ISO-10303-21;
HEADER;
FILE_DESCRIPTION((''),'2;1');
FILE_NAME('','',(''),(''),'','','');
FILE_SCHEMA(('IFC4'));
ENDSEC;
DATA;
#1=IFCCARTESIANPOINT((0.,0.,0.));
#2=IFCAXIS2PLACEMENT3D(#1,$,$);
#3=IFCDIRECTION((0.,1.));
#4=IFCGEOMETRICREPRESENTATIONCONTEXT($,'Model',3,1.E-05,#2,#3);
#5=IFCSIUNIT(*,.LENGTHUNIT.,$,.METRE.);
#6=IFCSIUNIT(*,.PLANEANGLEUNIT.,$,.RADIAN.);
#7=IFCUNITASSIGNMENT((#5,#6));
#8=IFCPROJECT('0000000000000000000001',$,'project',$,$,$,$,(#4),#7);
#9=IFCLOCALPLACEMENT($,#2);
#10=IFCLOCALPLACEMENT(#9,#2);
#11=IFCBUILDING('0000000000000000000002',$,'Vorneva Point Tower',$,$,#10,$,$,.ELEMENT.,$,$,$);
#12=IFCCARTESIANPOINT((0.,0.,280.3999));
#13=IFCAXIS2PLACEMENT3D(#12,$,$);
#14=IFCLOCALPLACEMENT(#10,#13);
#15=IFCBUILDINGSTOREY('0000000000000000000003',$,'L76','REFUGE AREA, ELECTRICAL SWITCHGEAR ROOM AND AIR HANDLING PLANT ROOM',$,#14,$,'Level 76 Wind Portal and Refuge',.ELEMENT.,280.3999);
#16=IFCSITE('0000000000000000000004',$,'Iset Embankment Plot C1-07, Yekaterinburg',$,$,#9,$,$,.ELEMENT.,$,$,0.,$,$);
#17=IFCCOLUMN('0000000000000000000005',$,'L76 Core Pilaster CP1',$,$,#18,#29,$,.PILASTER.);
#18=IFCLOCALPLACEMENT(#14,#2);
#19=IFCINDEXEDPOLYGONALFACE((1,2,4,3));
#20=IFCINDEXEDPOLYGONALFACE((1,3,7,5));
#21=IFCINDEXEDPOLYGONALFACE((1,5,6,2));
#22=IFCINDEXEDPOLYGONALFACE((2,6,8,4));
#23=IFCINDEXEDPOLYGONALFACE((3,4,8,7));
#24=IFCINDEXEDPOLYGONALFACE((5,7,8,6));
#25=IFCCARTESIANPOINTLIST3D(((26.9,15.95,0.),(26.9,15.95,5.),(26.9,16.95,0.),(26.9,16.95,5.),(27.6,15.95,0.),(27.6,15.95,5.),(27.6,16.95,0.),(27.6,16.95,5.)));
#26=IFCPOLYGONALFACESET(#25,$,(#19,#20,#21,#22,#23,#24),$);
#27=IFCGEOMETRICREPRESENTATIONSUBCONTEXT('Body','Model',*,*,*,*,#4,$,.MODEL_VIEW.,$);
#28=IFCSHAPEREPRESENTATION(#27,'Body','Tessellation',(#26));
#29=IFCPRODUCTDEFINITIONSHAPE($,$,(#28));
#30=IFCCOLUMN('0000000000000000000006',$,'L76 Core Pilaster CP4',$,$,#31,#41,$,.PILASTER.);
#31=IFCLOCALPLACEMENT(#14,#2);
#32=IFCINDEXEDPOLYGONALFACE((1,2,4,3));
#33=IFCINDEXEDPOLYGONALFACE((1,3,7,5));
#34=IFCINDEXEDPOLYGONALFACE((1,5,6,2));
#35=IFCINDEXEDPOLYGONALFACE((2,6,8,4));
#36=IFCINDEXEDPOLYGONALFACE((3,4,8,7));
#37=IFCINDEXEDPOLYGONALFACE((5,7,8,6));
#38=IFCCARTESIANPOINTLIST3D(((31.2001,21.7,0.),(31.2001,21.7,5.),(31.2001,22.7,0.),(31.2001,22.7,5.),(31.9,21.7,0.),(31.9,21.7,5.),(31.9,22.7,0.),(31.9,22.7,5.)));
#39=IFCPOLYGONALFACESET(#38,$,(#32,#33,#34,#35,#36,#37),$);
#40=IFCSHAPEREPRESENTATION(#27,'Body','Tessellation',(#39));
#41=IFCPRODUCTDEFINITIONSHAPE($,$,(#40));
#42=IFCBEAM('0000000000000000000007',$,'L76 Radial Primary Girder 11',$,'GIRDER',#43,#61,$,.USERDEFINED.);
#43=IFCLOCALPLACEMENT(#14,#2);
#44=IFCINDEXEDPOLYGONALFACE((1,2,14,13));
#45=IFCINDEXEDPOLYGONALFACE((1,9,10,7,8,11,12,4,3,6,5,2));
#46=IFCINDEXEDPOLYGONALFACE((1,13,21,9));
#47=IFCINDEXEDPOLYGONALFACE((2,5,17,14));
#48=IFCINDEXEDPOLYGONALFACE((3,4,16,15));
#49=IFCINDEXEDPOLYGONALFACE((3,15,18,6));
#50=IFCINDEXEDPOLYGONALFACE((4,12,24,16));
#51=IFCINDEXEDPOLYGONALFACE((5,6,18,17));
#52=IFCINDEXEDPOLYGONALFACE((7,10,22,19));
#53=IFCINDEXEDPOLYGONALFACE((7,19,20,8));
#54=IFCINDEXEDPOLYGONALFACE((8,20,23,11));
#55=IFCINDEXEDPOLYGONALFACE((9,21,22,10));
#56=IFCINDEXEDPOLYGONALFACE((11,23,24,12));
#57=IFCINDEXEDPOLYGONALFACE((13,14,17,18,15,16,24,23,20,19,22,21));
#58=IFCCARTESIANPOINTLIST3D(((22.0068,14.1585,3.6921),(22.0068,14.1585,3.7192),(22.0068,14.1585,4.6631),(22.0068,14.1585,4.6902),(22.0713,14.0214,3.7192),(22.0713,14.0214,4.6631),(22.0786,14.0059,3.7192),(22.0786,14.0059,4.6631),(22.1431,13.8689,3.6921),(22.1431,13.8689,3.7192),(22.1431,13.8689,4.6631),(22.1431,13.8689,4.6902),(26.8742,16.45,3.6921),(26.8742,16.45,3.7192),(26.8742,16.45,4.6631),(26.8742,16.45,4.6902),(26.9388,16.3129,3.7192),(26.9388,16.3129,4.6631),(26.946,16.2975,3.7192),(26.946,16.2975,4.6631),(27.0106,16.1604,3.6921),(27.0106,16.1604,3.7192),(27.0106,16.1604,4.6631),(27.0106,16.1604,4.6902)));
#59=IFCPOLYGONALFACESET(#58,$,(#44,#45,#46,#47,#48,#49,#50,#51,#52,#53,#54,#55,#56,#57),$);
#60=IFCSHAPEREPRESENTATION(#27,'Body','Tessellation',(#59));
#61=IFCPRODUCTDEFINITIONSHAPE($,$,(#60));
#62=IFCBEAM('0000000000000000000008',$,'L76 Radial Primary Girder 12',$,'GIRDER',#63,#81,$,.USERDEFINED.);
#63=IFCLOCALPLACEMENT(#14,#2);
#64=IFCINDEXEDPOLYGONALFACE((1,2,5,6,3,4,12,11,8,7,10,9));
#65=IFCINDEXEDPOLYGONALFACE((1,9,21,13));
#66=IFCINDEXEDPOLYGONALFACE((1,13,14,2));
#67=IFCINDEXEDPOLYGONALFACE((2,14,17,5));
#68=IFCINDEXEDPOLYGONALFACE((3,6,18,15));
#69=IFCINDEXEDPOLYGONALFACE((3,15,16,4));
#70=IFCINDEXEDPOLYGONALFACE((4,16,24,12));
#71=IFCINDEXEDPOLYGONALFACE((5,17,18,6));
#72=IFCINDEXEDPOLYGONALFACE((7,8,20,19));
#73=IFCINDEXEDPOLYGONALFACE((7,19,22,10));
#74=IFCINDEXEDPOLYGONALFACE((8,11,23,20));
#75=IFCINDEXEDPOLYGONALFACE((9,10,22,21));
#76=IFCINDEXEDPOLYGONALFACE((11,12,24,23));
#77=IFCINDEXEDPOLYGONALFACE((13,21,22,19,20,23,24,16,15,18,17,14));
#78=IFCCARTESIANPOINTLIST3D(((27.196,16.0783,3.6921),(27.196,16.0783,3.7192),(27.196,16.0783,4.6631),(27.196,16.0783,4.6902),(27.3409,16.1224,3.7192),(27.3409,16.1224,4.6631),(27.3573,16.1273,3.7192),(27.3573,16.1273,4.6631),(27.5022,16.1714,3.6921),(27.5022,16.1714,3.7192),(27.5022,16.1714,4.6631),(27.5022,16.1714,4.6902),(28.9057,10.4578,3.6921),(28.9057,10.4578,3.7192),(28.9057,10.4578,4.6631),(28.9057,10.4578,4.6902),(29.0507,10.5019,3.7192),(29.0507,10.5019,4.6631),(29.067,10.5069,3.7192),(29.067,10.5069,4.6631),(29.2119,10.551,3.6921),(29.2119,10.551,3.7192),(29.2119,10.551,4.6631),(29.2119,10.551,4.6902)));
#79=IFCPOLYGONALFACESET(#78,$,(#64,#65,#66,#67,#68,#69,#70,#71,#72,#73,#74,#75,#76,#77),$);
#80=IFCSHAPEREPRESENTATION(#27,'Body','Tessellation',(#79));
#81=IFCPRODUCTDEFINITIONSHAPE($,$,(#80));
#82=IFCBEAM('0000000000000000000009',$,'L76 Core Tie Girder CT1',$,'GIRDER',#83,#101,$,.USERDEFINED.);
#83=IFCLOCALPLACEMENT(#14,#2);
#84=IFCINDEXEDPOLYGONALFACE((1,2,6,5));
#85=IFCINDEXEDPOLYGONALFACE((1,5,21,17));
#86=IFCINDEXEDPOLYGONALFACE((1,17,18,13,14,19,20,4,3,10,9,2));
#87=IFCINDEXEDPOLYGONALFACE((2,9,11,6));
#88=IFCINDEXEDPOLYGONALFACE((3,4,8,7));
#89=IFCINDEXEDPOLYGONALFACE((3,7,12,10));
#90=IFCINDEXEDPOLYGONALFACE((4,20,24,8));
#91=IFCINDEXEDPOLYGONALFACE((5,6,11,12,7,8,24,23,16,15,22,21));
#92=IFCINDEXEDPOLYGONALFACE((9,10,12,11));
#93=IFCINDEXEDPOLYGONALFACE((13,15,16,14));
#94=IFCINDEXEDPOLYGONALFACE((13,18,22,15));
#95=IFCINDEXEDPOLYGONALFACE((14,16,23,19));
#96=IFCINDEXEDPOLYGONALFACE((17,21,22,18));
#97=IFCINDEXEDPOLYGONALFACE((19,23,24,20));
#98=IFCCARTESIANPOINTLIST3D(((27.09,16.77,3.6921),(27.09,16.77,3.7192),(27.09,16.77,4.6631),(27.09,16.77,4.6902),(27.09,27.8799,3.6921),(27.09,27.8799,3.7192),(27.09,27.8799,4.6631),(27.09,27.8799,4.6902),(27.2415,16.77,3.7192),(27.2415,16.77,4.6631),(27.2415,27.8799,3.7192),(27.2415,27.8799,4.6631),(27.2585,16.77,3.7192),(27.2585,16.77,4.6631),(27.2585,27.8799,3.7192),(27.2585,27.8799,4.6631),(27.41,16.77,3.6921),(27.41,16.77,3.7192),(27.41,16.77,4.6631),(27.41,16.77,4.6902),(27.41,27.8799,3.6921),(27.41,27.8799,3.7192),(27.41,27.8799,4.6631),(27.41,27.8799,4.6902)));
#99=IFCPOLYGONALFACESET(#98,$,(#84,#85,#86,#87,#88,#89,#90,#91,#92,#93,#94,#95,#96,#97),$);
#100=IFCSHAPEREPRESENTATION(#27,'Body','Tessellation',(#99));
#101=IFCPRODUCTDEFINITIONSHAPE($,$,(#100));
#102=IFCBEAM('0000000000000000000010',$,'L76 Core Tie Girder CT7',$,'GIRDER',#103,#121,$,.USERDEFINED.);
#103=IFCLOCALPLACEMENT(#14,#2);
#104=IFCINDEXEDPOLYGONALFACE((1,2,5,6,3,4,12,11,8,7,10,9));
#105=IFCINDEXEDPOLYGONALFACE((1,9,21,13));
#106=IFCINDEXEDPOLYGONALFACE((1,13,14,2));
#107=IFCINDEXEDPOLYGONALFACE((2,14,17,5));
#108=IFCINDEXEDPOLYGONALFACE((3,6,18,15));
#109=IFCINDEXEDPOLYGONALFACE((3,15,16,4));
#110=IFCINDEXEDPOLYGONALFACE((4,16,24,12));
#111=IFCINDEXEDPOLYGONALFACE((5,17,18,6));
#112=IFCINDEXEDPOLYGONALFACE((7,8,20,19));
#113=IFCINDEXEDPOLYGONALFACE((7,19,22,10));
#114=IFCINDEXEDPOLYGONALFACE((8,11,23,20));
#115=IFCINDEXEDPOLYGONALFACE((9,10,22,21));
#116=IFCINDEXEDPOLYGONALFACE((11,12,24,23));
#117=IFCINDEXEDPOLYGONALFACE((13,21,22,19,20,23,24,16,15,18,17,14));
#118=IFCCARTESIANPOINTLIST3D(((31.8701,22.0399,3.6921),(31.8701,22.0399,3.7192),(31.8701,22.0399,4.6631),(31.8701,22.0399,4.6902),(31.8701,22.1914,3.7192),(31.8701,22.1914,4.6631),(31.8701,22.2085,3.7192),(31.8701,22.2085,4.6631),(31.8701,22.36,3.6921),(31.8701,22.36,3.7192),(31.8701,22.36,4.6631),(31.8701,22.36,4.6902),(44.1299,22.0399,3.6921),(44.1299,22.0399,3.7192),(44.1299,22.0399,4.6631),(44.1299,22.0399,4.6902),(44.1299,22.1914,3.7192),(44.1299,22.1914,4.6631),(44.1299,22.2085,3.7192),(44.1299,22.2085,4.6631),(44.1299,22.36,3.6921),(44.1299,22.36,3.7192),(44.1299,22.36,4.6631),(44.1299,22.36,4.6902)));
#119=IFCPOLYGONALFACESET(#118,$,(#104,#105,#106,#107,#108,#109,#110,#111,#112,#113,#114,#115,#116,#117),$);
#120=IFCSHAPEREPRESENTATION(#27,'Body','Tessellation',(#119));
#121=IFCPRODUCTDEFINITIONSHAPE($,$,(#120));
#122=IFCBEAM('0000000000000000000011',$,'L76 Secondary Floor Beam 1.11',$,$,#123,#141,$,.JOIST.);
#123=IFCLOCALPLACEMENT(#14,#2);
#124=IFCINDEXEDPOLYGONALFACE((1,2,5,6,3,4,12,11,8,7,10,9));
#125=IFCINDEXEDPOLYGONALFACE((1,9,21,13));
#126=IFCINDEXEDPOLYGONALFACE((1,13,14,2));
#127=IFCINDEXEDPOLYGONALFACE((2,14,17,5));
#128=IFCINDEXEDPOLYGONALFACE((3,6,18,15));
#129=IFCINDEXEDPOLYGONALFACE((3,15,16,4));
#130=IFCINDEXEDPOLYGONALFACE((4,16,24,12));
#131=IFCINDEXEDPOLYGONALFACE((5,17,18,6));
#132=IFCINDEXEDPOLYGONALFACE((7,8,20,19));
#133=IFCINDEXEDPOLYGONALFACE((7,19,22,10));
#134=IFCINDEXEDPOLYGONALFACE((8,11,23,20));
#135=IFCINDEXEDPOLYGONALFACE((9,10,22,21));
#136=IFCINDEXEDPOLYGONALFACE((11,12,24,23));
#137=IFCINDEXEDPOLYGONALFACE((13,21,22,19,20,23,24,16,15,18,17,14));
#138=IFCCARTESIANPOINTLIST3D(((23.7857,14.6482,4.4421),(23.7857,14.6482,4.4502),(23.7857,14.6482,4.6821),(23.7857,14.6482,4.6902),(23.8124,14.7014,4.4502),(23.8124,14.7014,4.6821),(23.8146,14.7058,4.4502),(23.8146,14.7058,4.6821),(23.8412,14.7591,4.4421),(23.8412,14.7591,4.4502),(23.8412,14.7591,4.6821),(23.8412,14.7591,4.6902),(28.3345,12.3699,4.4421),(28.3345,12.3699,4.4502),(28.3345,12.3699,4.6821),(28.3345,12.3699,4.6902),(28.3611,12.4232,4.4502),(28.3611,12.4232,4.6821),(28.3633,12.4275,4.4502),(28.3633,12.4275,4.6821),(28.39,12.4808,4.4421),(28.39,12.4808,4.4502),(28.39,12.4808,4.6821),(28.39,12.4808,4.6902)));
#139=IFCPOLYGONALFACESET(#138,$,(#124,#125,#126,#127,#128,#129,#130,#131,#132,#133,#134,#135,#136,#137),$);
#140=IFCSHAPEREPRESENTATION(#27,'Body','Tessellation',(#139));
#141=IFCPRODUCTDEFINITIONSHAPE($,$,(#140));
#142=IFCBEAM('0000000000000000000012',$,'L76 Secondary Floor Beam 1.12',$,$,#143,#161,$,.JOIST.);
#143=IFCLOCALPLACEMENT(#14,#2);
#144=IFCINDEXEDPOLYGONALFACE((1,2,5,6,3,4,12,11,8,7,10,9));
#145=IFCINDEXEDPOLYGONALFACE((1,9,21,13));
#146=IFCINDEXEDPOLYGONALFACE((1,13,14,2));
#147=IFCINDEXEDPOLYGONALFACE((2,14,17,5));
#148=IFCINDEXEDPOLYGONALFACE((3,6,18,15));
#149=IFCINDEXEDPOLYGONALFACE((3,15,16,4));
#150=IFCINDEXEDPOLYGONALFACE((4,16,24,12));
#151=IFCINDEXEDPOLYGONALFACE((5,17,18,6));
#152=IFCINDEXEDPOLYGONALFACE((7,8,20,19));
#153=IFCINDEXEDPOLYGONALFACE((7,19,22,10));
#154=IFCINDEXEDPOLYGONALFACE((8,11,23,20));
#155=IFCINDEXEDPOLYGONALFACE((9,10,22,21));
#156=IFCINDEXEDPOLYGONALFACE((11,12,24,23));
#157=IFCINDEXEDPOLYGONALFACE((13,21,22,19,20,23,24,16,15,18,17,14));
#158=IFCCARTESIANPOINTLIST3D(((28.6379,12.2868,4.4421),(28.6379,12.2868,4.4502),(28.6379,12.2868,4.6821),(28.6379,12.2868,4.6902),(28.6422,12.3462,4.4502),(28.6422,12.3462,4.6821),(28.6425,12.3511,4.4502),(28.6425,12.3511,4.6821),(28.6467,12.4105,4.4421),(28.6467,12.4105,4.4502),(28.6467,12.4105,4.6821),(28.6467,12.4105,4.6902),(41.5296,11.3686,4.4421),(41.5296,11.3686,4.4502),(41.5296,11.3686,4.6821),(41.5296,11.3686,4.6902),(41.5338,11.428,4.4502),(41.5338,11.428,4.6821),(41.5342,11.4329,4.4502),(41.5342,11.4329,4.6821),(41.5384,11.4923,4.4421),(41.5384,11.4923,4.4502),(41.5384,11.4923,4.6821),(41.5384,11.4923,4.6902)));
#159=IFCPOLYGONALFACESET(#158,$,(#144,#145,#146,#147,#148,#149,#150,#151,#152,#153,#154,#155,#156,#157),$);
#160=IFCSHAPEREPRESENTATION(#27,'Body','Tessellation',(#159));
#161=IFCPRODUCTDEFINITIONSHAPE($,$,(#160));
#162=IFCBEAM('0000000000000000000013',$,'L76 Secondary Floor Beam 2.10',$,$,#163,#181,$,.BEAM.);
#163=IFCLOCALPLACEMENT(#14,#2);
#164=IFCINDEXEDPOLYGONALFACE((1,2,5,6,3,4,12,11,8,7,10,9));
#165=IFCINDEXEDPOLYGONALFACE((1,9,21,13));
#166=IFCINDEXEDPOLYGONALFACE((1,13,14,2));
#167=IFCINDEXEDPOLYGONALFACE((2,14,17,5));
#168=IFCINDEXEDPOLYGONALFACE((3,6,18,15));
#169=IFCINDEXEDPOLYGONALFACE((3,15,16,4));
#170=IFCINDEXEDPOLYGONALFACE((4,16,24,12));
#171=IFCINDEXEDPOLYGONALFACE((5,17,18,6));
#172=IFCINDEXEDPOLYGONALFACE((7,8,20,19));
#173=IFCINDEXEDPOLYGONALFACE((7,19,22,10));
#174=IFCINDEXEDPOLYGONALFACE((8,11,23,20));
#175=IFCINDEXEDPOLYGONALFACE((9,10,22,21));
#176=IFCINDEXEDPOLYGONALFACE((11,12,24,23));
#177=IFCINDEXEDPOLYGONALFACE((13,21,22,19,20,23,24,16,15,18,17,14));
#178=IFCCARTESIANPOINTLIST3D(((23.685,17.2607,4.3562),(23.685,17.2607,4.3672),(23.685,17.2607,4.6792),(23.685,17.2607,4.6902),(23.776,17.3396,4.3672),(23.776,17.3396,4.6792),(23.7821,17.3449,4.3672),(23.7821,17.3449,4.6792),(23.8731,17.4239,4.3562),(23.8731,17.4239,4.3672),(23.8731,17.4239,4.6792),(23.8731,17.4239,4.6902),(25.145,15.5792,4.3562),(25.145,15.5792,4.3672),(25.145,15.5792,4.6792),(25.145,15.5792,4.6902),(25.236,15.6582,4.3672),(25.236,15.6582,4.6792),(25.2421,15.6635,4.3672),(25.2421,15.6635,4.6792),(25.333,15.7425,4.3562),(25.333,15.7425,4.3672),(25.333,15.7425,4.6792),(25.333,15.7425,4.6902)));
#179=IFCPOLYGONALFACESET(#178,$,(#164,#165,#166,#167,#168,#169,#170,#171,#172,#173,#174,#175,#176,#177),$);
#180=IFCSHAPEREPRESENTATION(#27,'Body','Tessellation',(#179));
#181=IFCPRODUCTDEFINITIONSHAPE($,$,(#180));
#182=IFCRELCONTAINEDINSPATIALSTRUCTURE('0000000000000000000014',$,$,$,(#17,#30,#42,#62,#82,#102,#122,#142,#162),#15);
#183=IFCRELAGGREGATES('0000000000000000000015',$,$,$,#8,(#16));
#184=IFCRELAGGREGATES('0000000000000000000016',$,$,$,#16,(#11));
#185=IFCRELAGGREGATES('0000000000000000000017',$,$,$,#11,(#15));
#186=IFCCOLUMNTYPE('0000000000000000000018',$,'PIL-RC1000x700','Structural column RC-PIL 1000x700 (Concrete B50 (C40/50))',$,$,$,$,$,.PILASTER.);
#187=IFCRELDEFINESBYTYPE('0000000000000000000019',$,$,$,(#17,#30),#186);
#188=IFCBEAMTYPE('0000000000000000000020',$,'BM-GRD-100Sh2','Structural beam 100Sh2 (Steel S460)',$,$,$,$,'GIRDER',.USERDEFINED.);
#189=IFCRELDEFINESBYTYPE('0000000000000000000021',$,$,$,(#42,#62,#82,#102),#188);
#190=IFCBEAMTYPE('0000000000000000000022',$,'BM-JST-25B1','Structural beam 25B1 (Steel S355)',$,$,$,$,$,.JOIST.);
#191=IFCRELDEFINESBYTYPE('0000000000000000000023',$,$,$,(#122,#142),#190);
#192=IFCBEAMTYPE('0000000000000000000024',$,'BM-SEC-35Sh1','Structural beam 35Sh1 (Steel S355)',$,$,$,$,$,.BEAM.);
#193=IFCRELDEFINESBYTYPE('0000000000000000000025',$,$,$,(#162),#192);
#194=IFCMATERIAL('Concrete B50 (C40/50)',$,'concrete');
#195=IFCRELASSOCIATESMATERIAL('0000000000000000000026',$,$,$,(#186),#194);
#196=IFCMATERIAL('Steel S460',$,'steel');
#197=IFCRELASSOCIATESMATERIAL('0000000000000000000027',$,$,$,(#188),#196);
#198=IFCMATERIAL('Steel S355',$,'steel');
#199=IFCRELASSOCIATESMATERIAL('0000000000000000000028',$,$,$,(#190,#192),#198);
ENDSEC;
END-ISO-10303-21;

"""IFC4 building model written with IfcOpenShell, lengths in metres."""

from ifc_helpers import new_model, si_unit, direction, frame, origin, origin_2d, place, context, subcontext, project, spatial, rectangle, i_section, extrude, material, material_profile, profile_set, type_object, element, save


model = new_model("IFC4")

# Units and contexts
model_context = context("Model", 3, precision=1e-05, world=origin(), true_north=direction((0.0, 1.0)))
body_context = subcontext(model_context, "Body", "Model", "MODEL_VIEW")
ifc_project = project(units=[si_unit("LENGTHUNIT", "METRE"), si_unit("PLANEANGLEUNIT", "RADIAN")], contexts=[model_context])

# Site, building, storey
site_placement = place(None, origin())
site = spatial("IfcSite", under=ifc_project, at=site_placement, Name="Iset Embankment Plot C1-07, Yekaterinburg", CompositionType="ELEMENT", RefElevation=0.0)
building_placement = place(site_placement, origin())
building = spatial("IfcBuilding", under=site, at=building_placement, Name="Vorneva Point Tower", CompositionType="ELEMENT")
storey_placement = place(building_placement, frame((0.0, 0.0, 280.3999)))
storey = spatial("IfcBuildingStorey", under=building, at=storey_placement, Name="L76", Description="REFUGE AREA, ELECTRICAL SWITCHGEAR ROOM AND AIR HANDLING PLANT ROOM", LongName="Level 76 Wind Portal and Refuge", CompositionType="ELEMENT", Elevation=280.3999)

# Columns
ifc_material_1 = material(Name="Concrete B50 (C40/50)", Category="concrete")
ifc_material_profile_1 = material_profile(ifc_material_1, rectangle(XDim=0.7, YDim=1.0, at=origin_2d()), Name="RC-PIL 1000x700")
ifc_profile_set_1 = profile_set([ifc_material_profile_1], Name="Concrete B50 (C40/50)")
column_type_1 = type_object("IfcColumnType", Name="PIL-RC1000x700", Description="Structural column RC-PIL 1000x700 (Concrete B50 (C40/50))", PredefinedType="PILASTER", material=ifc_profile_set_1)
for number, where, z_axis, x_axis, name in (
    (1, (27.25, 16.45, 0.0), (0.0, 0.0, 1.0), (1.0, 0.0, 0.0), "L76 Core Pilaster CP1"),
    (2, (31.55, 22.2, 0.0), (0.0, 0.0, 1.0), (1.0, 0.0, 0.0), "L76 Core Pilaster CP4"),
):
    element("IfcColumn", number, at=place(storey_placement, frame(where, z_axis=z_axis, x_axis=x_axis)), inside=storey, type_object=column_type_1, Name=name, PredefinedType="PILASTER", context=body_context, shape_type="SweptSolid", body=[
        extrude(rectangle(XDim=0.7, YDim=1.0, at=origin_2d()), origin(), (0.0, 0.0, 1.0), 5.0),
    ])

# Beams
ifc_material_2 = material(Name="Steel S460", Category="steel")
ifc_material_profile_2 = material_profile(ifc_material_2, i_section(OverallWidth=0.3201, OverallDepth=0.998, WebThickness=0.0171, FlangeThickness=0.0271, at=origin_2d()), Name="100Sh2")
ifc_profile_set_2 = profile_set([ifc_material_profile_2], Name="Steel S460")
beam_type_1 = type_object("IfcBeamType", Name="BM-GRD-100Sh2", Description="Structural beam 100Sh2 (Steel S460)", ElementType="GIRDER", PredefinedType="USERDEFINED", material=ifc_profile_set_2)
beam_1_placement = place(storey_placement, frame((22.075, 14.0137, 4.1912), z_axis=(0.904751, 0.425941, 0.0), x_axis=(-0.425941, 0.904751, 0.0)))
element("IfcBeam", 3, at=beam_1_placement, inside=storey, type_object=beam_type_1, Name="L76 Radial Primary Girder 11", ObjectType="GIRDER", PredefinedType="USERDEFINED", context=body_context, shape_type="SweptSolid", body=[
    extrude(i_section(OverallWidth=0.3201, OverallDepth=0.998, WebThickness=0.0171, FlangeThickness=0.0271, at=origin_2d()), origin(), (0.0, 0.0, 1.0), 5.3799),
])
beam_2_placement = place(storey_placement, frame((29.0588, 10.5044, 4.1912), z_axis=(-0.291033, 0.956713, 0.0), x_axis=(-0.956713, -0.291033, 0.0)))
element("IfcBeam", 4, at=beam_2_placement, inside=storey, type_object=beam_type_1, Name="L76 Radial Primary Girder 12", ObjectType="GIRDER", PredefinedType="USERDEFINED", context=body_context, shape_type="SweptSolid", body=[
    extrude(i_section(OverallWidth=0.3201, OverallDepth=0.998, WebThickness=0.0171, FlangeThickness=0.0271, at=origin_2d()), origin(), (0.0, 0.0, 1.0), 5.8748),
])
beam_3_placement = place(storey_placement, frame((27.25, 16.77, 4.1912), z_axis=(0.0, 1.0, 0.0), x_axis=(-1.0, 0.0, 0.0)))
element("IfcBeam", 5, at=beam_3_placement, inside=storey, type_object=beam_type_1, Name="L76 Core Tie Girder CT1", ObjectType="GIRDER", PredefinedType="USERDEFINED", context=body_context, shape_type="SweptSolid", body=[
    extrude(i_section(OverallWidth=0.3201, OverallDepth=0.998, WebThickness=0.0171, FlangeThickness=0.0271, at=origin_2d()), origin(), (0.0, 0.0, 1.0), 11.1099),
])
beam_4_placement = place(storey_placement, frame((31.8701, 22.2, 4.1912), z_axis=(1.0, 0.0, 0.0), x_axis=(0.0, 1.0, 0.0)))
element("IfcBeam", 6, at=beam_4_placement, inside=storey, type_object=beam_type_1, Name="L76 Core Tie Girder CT7", ObjectType="GIRDER", PredefinedType="USERDEFINED", context=body_context, shape_type="SweptSolid", body=[
    extrude(i_section(OverallWidth=0.3201, OverallDepth=0.998, WebThickness=0.0171, FlangeThickness=0.0271, at=origin_2d()), origin(), (0.0, 0.0, 1.0), 12.2598),
])
ifc_material_3 = material(Name="Steel S355", Category="steel")
ifc_material_profile_3 = material_profile(ifc_material_3, i_section(OverallWidth=0.124, OverallDepth=0.248, WebThickness=0.0049, FlangeThickness=0.0081, at=origin_2d()), Name="25B1")
ifc_profile_set_3 = profile_set([ifc_material_profile_3], Name="Steel S355")
beam_type_2 = type_object("IfcBeamType", Name="BM-JST-25B1", Description="Structural beam 25B1 (Steel S355)", PredefinedType="JOIST", material=ifc_profile_set_3)
beam_5_placement = place(storey_placement, frame((23.8135, 14.7036, 4.5662), z_axis=(0.89412, -0.447828, 0.0), x_axis=(0.447828, 0.89412, 0.0)))
element("IfcBeam", 7, at=beam_5_placement, inside=storey, type_object=beam_type_2, Name="L76 Secondary Floor Beam 1.11", PredefinedType="JOIST", context=body_context, shape_type="SweptSolid", body=[
    extrude(i_section(OverallWidth=0.124, OverallDepth=0.248, WebThickness=0.0049, FlangeThickness=0.0081, at=origin_2d()), origin(), (0.0, 0.0, 1.0), 5.0874),
])
beam_6_placement = place(storey_placement, frame((28.6423, 12.3486, 4.5662), z_axis=(0.997473, -0.071046, 0.0), x_axis=(0.071046, 0.997473, 0.0)))
element("IfcBeam", 8, at=beam_6_placement, inside=storey, type_object=beam_type_2, Name="L76 Secondary Floor Beam 1.12", PredefinedType="JOIST", context=body_context, shape_type="SweptSolid", body=[
    extrude(i_section(OverallWidth=0.124, OverallDepth=0.248, WebThickness=0.0049, FlangeThickness=0.0081, at=origin_2d()), origin(), (0.0, 0.0, 1.0), 12.9243),
])
ifc_material_profile_4 = material_profile(ifc_material_3, i_section(OverallWidth=0.249, OverallDepth=0.334, WebThickness=0.0081, FlangeThickness=0.011, at=origin_2d()), Name="35Sh1")
ifc_profile_set_4 = profile_set([ifc_material_profile_4], Name="Steel S355")
beam_type_3 = type_object("IfcBeamType", Name="BM-SEC-35Sh1", Description="Structural beam 35Sh1 (Steel S355)", PredefinedType="BEAM", material=ifc_profile_set_4)
beam_7_placement = place(storey_placement, frame((23.7791, 17.3423, 4.5232), z_axis=(0.655636, -0.755077, 0.0), x_axis=(0.755077, 0.655636, 0.0)))
element("IfcBeam", 9, at=beam_7_placement, inside=storey, type_object=beam_type_3, Name="L76 Secondary Floor Beam 2.10", PredefinedType="BEAM", context=body_context, shape_type="SweptSolid", body=[
    extrude(i_section(OverallWidth=0.249, OverallDepth=0.334, WebThickness=0.0081, FlangeThickness=0.011, at=origin_2d()), origin(), (0.0, 0.0, 1.0), 2.2268),
])

save(model, "model.ifc")
